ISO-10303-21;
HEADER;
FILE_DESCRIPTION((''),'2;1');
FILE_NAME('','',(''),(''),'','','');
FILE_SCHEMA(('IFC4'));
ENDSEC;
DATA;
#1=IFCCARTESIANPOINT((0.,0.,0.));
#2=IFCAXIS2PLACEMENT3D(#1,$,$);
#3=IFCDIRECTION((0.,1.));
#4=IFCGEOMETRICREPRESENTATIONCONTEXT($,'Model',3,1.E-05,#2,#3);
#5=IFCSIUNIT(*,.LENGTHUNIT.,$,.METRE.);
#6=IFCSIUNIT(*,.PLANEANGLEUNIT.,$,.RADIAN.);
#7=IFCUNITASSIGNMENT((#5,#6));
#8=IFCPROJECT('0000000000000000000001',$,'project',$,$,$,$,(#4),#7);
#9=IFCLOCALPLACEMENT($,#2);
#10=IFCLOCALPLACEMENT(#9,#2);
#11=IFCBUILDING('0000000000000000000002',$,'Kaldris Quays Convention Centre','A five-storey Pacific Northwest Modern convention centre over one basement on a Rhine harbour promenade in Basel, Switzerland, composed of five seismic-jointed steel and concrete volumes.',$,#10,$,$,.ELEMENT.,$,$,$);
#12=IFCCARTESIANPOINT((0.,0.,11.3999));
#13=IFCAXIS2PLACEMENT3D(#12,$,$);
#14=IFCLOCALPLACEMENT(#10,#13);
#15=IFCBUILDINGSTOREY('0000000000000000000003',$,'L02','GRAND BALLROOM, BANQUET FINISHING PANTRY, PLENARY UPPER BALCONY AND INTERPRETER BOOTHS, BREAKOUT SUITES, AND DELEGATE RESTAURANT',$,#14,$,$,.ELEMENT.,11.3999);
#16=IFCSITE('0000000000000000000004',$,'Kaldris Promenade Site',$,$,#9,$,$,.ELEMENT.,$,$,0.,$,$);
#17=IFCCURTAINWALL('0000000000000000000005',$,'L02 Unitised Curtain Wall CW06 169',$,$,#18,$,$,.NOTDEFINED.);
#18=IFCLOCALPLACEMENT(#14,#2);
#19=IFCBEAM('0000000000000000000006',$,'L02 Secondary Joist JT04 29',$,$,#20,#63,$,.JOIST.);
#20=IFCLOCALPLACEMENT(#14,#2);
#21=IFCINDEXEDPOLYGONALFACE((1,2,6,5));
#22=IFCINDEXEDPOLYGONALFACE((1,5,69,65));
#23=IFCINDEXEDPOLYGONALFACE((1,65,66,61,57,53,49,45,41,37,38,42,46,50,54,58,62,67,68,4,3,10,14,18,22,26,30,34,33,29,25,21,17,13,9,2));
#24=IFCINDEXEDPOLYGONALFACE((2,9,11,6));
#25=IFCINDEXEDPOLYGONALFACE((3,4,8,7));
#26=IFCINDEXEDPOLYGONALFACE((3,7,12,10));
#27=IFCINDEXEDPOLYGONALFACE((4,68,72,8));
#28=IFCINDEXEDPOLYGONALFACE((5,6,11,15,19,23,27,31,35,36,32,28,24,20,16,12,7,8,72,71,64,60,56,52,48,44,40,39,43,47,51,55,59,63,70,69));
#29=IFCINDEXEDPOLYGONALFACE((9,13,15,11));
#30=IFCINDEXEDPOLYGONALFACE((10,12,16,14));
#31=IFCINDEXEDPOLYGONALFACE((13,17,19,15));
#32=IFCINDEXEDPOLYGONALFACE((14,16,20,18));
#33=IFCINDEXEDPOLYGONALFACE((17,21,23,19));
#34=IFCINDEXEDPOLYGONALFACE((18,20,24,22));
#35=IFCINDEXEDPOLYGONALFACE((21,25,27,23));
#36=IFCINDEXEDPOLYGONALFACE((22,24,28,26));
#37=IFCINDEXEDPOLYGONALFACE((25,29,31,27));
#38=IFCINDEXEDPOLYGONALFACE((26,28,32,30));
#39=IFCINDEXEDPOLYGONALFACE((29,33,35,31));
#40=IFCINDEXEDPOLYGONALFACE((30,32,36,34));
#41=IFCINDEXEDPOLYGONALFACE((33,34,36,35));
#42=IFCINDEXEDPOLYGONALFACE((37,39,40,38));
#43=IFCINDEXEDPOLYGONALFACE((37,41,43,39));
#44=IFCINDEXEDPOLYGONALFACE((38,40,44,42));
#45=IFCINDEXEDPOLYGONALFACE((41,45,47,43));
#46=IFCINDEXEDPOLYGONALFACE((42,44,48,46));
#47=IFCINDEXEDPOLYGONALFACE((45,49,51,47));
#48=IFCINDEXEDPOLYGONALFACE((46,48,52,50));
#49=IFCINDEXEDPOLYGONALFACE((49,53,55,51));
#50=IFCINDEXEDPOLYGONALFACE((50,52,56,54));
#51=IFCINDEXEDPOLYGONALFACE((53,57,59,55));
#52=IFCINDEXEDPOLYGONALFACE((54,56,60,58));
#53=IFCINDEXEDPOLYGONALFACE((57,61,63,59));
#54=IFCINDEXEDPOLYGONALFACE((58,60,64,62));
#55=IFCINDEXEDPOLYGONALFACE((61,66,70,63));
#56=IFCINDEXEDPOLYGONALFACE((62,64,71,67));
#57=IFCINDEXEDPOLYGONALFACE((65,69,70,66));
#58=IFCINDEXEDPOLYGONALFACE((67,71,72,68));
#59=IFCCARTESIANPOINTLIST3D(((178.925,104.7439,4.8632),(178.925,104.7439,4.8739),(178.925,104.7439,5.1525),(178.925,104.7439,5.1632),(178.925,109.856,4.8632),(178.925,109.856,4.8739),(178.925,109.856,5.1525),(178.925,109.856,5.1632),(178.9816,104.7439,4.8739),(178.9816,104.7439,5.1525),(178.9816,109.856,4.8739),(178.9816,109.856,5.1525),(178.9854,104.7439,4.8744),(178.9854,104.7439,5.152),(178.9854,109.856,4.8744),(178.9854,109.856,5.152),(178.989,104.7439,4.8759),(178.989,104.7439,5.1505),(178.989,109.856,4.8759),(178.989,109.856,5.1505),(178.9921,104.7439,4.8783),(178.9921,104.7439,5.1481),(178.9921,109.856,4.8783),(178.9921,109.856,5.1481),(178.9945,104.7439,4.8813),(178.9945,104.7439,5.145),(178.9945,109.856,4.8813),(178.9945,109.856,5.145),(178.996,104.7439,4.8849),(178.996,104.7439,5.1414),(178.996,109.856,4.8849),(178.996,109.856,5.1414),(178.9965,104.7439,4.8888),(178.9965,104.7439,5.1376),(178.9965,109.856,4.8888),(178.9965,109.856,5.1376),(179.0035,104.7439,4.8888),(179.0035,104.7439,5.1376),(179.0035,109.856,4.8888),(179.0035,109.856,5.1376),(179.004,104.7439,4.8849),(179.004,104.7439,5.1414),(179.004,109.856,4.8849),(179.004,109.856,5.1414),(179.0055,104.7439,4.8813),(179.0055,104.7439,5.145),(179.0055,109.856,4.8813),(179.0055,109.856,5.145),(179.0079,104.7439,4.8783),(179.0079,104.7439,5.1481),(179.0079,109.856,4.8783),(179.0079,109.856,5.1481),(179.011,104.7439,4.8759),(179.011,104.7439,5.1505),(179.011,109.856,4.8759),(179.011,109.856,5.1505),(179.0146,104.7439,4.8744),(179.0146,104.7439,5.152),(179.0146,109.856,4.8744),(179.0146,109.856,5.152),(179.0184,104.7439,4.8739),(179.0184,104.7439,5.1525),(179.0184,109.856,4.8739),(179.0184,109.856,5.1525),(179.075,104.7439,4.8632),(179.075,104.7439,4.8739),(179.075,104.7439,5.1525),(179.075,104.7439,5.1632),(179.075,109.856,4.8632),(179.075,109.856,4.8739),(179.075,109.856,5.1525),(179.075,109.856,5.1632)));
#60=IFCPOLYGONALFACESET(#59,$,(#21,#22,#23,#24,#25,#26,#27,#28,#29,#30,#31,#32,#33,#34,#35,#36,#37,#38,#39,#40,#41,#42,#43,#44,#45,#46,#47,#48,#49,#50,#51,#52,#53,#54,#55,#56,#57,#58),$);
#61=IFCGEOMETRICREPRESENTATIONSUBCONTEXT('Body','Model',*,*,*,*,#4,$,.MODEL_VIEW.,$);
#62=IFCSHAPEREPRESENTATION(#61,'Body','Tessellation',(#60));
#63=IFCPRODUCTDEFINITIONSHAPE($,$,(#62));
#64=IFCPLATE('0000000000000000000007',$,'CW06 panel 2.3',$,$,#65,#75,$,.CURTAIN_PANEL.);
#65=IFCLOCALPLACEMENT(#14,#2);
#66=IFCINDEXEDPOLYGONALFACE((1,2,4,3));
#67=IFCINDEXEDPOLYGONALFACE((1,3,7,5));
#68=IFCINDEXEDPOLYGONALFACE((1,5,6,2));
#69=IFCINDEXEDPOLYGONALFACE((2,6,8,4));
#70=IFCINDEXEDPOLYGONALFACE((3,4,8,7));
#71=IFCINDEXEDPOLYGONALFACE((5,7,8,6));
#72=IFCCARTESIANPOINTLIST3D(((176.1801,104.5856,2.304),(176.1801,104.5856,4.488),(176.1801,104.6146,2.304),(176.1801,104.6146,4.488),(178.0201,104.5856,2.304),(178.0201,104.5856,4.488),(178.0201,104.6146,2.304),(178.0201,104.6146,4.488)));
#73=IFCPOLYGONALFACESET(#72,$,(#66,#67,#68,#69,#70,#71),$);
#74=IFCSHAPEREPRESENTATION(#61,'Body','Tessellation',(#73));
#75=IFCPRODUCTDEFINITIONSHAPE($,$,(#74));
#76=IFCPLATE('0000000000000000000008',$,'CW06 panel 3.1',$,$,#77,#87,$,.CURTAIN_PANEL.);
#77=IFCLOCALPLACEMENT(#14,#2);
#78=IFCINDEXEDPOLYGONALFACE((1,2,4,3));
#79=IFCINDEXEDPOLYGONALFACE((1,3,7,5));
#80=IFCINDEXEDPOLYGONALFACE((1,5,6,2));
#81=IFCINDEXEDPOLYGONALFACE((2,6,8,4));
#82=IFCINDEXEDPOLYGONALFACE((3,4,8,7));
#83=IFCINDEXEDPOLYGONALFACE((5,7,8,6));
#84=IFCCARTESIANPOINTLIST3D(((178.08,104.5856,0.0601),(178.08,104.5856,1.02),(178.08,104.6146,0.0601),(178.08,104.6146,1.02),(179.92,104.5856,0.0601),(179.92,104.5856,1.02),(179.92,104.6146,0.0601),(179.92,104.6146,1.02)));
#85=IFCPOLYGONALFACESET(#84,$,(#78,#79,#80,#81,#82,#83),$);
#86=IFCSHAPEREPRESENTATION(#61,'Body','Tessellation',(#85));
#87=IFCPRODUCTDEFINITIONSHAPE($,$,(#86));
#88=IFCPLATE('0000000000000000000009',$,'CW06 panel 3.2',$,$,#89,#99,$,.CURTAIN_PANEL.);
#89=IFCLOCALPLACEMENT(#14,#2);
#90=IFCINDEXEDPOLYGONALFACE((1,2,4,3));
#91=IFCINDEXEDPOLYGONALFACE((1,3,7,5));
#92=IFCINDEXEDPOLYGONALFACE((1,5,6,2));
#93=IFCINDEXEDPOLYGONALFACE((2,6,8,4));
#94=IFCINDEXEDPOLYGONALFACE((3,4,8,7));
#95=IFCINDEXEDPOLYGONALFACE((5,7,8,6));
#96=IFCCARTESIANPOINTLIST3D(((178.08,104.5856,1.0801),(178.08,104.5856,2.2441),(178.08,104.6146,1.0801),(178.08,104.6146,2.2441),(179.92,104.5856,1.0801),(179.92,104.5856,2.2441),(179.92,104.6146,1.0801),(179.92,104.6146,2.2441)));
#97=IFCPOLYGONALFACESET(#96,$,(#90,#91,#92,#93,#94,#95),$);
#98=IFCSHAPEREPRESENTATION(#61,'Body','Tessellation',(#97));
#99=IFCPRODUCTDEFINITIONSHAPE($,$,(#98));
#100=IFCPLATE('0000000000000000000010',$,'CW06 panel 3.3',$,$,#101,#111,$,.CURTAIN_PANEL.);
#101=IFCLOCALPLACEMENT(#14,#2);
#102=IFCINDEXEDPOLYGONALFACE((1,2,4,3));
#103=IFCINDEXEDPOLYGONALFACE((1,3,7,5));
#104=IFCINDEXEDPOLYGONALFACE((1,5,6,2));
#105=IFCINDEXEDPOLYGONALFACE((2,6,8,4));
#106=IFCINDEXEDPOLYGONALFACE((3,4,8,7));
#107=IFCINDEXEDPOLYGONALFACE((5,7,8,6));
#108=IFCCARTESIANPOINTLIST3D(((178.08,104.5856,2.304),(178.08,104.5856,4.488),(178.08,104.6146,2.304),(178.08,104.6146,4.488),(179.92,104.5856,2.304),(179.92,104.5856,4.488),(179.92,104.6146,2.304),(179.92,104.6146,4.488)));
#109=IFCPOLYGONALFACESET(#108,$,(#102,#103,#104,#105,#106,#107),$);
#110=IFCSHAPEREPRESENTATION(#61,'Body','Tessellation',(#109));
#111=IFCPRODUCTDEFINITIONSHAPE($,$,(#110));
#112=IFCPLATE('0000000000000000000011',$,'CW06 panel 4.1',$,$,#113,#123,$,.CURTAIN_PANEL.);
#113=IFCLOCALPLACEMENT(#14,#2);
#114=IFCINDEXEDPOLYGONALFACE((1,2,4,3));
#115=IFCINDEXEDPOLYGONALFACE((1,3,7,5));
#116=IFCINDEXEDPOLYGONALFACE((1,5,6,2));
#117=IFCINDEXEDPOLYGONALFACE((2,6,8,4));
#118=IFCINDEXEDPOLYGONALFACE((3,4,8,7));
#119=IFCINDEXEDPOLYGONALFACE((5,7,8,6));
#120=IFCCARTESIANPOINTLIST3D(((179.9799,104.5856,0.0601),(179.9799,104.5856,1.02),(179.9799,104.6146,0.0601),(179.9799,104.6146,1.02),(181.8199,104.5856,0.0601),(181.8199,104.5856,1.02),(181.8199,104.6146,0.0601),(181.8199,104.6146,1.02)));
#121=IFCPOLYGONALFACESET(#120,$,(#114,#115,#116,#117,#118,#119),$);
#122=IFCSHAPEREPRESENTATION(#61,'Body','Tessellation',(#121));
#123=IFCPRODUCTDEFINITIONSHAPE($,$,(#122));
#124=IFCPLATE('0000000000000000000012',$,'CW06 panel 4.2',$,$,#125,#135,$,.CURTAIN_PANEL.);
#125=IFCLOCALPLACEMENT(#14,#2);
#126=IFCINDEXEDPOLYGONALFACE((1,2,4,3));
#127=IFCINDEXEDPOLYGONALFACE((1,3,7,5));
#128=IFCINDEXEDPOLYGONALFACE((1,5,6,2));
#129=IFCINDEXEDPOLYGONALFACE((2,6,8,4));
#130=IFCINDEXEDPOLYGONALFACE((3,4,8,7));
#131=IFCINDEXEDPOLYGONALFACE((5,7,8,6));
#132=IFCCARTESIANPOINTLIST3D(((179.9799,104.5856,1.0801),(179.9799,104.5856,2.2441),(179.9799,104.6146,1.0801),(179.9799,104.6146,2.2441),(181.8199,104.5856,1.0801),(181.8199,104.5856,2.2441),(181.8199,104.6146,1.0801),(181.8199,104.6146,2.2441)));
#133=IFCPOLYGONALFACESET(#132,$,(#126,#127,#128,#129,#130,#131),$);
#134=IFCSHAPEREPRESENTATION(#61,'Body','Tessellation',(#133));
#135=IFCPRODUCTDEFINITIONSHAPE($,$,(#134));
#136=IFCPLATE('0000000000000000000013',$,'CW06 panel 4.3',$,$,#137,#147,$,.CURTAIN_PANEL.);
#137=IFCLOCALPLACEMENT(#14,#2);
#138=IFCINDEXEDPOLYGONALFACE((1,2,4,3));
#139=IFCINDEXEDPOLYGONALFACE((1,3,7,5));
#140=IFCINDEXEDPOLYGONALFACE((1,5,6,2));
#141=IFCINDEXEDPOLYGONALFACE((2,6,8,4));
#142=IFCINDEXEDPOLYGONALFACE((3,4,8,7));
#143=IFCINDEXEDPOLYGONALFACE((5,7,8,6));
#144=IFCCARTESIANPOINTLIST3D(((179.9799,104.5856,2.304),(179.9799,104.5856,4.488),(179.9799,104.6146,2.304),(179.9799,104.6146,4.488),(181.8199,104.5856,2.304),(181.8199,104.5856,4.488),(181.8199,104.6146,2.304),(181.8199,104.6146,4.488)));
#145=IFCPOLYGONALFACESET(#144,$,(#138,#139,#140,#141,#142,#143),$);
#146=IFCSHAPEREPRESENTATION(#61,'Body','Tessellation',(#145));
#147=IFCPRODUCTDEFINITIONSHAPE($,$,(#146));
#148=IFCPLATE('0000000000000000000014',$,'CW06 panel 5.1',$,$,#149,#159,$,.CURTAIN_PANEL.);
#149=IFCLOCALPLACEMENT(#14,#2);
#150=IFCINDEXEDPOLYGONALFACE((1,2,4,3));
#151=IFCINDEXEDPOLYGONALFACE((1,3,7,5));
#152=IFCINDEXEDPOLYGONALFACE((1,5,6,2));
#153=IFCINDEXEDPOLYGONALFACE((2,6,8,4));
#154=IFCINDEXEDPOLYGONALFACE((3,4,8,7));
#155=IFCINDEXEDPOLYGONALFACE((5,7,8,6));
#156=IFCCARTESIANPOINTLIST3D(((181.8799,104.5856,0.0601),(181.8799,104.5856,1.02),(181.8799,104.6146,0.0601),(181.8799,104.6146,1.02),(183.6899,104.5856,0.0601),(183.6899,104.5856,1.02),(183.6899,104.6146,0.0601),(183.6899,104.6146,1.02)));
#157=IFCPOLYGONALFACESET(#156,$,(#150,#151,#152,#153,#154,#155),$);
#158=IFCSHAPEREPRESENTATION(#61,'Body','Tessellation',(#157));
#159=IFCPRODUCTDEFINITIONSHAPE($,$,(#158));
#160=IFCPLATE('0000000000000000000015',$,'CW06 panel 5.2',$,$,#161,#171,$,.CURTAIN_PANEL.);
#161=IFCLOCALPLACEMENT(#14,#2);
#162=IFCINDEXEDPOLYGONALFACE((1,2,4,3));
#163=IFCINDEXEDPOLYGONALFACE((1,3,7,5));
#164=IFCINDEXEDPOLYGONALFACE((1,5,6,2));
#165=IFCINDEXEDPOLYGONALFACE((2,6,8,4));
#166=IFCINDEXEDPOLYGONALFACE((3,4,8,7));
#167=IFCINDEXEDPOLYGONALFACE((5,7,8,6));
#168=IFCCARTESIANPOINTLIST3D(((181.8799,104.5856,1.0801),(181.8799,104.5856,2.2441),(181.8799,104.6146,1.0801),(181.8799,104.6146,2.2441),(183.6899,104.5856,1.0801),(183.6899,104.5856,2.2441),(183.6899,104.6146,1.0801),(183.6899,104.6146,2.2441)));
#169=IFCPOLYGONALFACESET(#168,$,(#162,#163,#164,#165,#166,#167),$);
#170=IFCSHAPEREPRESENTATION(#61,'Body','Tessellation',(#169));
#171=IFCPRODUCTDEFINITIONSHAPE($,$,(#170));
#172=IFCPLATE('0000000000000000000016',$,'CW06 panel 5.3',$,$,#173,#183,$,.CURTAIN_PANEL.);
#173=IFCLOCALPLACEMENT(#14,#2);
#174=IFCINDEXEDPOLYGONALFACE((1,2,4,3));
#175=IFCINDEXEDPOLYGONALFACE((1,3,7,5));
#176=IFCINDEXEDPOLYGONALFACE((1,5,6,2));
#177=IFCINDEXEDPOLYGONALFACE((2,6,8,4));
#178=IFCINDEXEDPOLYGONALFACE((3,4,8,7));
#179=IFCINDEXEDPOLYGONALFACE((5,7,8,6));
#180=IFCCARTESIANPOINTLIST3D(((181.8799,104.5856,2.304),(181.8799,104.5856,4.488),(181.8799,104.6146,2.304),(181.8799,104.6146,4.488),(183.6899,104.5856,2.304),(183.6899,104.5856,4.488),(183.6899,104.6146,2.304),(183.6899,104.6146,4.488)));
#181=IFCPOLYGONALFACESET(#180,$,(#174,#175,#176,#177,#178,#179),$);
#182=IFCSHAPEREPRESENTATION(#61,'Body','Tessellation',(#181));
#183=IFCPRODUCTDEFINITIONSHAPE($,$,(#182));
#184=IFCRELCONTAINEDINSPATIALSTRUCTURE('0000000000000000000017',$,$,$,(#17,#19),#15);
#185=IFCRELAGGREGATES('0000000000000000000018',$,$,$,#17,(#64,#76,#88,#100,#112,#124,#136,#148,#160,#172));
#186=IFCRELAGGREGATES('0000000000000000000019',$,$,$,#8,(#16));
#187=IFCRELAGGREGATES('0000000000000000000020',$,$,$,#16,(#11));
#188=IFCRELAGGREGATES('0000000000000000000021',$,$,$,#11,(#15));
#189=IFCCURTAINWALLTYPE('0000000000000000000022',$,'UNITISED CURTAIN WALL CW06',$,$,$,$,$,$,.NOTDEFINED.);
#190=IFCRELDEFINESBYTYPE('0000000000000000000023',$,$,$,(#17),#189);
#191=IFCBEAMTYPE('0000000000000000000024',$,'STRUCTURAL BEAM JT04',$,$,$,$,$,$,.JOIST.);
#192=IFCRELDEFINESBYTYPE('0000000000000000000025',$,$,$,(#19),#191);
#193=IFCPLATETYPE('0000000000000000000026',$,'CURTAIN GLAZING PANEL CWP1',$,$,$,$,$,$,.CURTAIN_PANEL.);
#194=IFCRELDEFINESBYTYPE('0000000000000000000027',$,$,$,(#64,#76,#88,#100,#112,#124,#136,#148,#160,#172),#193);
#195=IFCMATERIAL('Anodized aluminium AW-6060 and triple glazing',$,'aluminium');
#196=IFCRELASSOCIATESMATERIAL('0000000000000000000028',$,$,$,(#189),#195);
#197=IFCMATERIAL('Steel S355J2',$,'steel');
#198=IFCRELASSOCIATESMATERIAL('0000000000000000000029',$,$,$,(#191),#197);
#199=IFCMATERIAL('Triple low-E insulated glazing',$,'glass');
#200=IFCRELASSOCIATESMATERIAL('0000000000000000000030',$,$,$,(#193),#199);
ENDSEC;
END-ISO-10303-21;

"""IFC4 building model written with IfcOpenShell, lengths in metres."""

from ifc_helpers import new_model, si_unit, direction, frame, origin, origin_2d, place, context, subcontext, project, spatial, rectangle, i_section, extrude, material, material_profile, profile_set, type_object, element, aggregate, save


model = new_model("IFC4")

# Units and contexts
model_context = context("Model", 3, precision=1e-05, world=origin(), true_north=direction((0.0, 1.0)))
body_context = subcontext(model_context, "Body", "Model", "MODEL_VIEW")
ifc_project = project(units=[si_unit("LENGTHUNIT", "METRE"), si_unit("PLANEANGLEUNIT", "RADIAN")], contexts=[model_context])

# Site, building, storey
site_placement = place(None, origin())
site = spatial("IfcSite", under=ifc_project, at=site_placement, Name="Kaldris Promenade Site", CompositionType="ELEMENT", RefElevation=0.0)
building_placement = place(site_placement, origin())
building = spatial("IfcBuilding", under=site, at=building_placement, Name="Kaldris Quays Convention Centre", Description="A five-storey Pacific Northwest Modern convention centre over one basement on a Rhine harbour promenade in Basel, Switzerland, composed of five seismic-jointed steel and concrete volumes.", CompositionType="ELEMENT")
storey_placement = place(building_placement, frame((0.0, 0.0, 11.3999)))
storey = spatial("IfcBuildingStorey", under=building, at=storey_placement, Name="L02", Description="GRAND BALLROOM, BANQUET FINISHING PANTRY, PLENARY UPPER BALCONY AND INTERPRETER BOOTHS, BREAKOUT SUITES, AND DELEGATE RESTAURANT", CompositionType="ELEMENT", Elevation=11.3999)

# Shared definitions
ifc_material_1 = material(Name="Steel S355J2", Category="steel")

# Curtain wall
ifc_material_2 = material(Name="Anodized aluminium AW-6060 and triple glazing", Category="aluminium")
curtain_wall_type = type_object("IfcCurtainWallType", Name="UNITISED CURTAIN WALL CW06", PredefinedType="NOTDEFINED", material=ifc_material_2)
curtain_wall_1_placement = place(storey_placement, origin())
curtain_wall_1 = element("IfcCurtainWall", 1, at=curtain_wall_1_placement, inside=storey, type_object=curtain_wall_type, Name="L02 Unitised Curtain Wall CW06 169", PredefinedType="NOTDEFINED")

# Beam
ifc_material_profile_1 = material_profile(ifc_material_1, i_section(OverallWidth=0.1499, OverallDepth=0.3, WebThickness=0.0071, FlangeThickness=0.0107, FilletRadius=0.0149, at=origin_2d()), Name="IPE 300")
ifc_profile_set_1 = profile_set([ifc_material_profile_1], Name="Steel S355J2")
beam_type_1 = type_object("IfcBeamType", Name="STRUCTURAL BEAM JT04", PredefinedType="JOIST", material=ifc_profile_set_1)
beam_1_placement = place(storey_placement, frame((179.0, 104.7439, 5.0132), z_axis=(0.0, 1.0, 0.0), x_axis=(-1.0, 0.0, 0.0)))
element("IfcBeam", 2, at=beam_1_placement, inside=storey, type_object=beam_type_1, Name="L02 Secondary Joist JT04 29", PredefinedType="JOIST", context=body_context, shape_type="SweptSolid", body=[
    extrude(i_section(OverallWidth=0.1499, OverallDepth=0.3, WebThickness=0.0071, FlangeThickness=0.0107, FilletRadius=0.0149, at=origin_2d()), origin(), (0.0, 0.0, 1.0), 5.1121),
])

# Plates
ifc_material_3 = material(Name="Triple low-E insulated glazing", Category="glass")
plate_type = type_object("IfcPlateType", Name="CURTAIN GLAZING PANEL CWP1", PredefinedType="CURTAIN_PANEL", material=ifc_material_3)
plate_1_placement = place(storey_placement, frame((177.1001, 104.6001, 2.304), z_axis=(0.0, 0.0, 1.0), x_axis=(1.0, 0.0, 0.0)))
plate_1 = element("IfcPlate", 3, at=plate_1_placement, type_object=plate_type, Name="CW06 panel 2.3", PredefinedType="CURTAIN_PANEL", context=body_context, shape_type="SweptSolid", body=[
    extrude(rectangle(XDim=1.8401, YDim=0.0291, at=origin_2d()), origin(), (0.0, 0.0, 1.0), 2.1841),
])
plate_2_placement = place(storey_placement, frame((179.0, 104.6001, 0.0601), z_axis=(0.0, 0.0, 1.0), x_axis=(1.0, 0.0, 0.0)))
plate_2 = element("IfcPlate", 4, at=plate_2_placement, type_object=plate_type, Name="CW06 panel 3.1", PredefinedType="CURTAIN_PANEL", context=body_context, shape_type="SweptSolid", body=[
    extrude(rectangle(XDim=1.8401, YDim=0.0291, at=origin_2d()), origin(), (0.0, 0.0, 1.0), 0.96),
])
plate_3_placement = place(storey_placement, frame((179.0, 104.6001, 1.0801), z_axis=(0.0, 0.0, 1.0), x_axis=(1.0, 0.0, 0.0)))
plate_3 = element("IfcPlate", 5, at=plate_3_placement, type_object=plate_type, Name="CW06 panel 3.2", PredefinedType="CURTAIN_PANEL", context=body_context, shape_type="SweptSolid", body=[
    extrude(rectangle(XDim=1.8401, YDim=0.0291, at=origin_2d()), origin(), (0.0, 0.0, 1.0), 1.1641),
])
plate_4_placement = place(storey_placement, frame((179.0, 104.6001, 2.304), z_axis=(0.0, 0.0, 1.0), x_axis=(1.0, 0.0, 0.0)))
plate_4 = element("IfcPlate", 6, at=plate_4_placement, type_object=plate_type, Name="CW06 panel 3.3", PredefinedType="CURTAIN_PANEL", context=body_context, shape_type="SweptSolid", body=[
    extrude(rectangle(XDim=1.8401, YDim=0.0291, at=origin_2d()), origin(), (0.0, 0.0, 1.0), 2.1841),
])
plate_5_placement = place(storey_placement, frame((180.8999, 104.6001, 0.0601), z_axis=(0.0, 0.0, 1.0), x_axis=(1.0, 0.0, 0.0)))
plate_5 = element("IfcPlate", 7, at=plate_5_placement, type_object=plate_type, Name="CW06 panel 4.1", PredefinedType="CURTAIN_PANEL", context=body_context, shape_type="SweptSolid", body=[
    extrude(rectangle(XDim=1.8401, YDim=0.0291, at=origin_2d()), origin(), (0.0, 0.0, 1.0), 0.96),
])
plate_6_placement = place(storey_placement, frame((180.8999, 104.6001, 1.0801), z_axis=(0.0, 0.0, 1.0), x_axis=(1.0, 0.0, 0.0)))
plate_6 = element("IfcPlate", 8, at=plate_6_placement, type_object=plate_type, Name="CW06 panel 4.2", PredefinedType="CURTAIN_PANEL", context=body_context, shape_type="SweptSolid", body=[
    extrude(rectangle(XDim=1.8401, YDim=0.0291, at=origin_2d()), origin(), (0.0, 0.0, 1.0), 1.1641),
])
plate_7_placement = place(storey_placement, frame((180.8999, 104.6001, 2.304), z_axis=(0.0, 0.0, 1.0), x_axis=(1.0, 0.0, 0.0)))
plate_7 = element("IfcPlate", 9, at=plate_7_placement, type_object=plate_type, Name="CW06 panel 4.3", PredefinedType="CURTAIN_PANEL", context=body_context, shape_type="SweptSolid", body=[
    extrude(rectangle(XDim=1.8401, YDim=0.0291, at=origin_2d()), origin(), (0.0, 0.0, 1.0), 2.1841),
])
plate_8_placement = place(storey_placement, frame((182.7849, 104.6001, 0.0601), z_axis=(0.0, 0.0, 1.0), x_axis=(1.0, 0.0, 0.0)))
plate_8 = element("IfcPlate", 10, at=plate_8_placement, type_object=plate_type, Name="CW06 panel 5.1", PredefinedType="CURTAIN_PANEL", context=body_context, shape_type="SweptSolid", body=[
    extrude(rectangle(XDim=1.8101, YDim=0.0291, at=origin_2d()), origin(), (0.0, 0.0, 1.0), 0.96),
])
plate_9_placement = place(storey_placement, frame((182.7849, 104.6001, 1.0801), z_axis=(0.0, 0.0, 1.0), x_axis=(1.0, 0.0, 0.0)))
plate_9 = element("IfcPlate", 11, at=plate_9_placement, type_object=plate_type, Name="CW06 panel 5.2", PredefinedType="CURTAIN_PANEL", context=body_context, shape_type="SweptSolid", body=[
    extrude(rectangle(XDim=1.8101, YDim=0.0291, at=origin_2d()), origin(), (0.0, 0.0, 1.0), 1.1641),
])
plate_10_placement = place(storey_placement, frame((182.7849, 104.6001, 2.304), z_axis=(0.0, 0.0, 1.0), x_axis=(1.0, 0.0, 0.0)))
plate_10 = element("IfcPlate", 12, at=plate_10_placement, type_object=plate_type, Name="CW06 panel 5.3", PredefinedType="CURTAIN_PANEL", context=body_context, shape_type="SweptSolid", body=[
    extrude(rectangle(XDim=1.8101, YDim=0.0291, at=origin_2d()), origin(), (0.0, 0.0, 1.0), 2.1841),
])
aggregate(curtain_wall_1, [plate_1, plate_2, plate_3, plate_4, plate_5, plate_6, plate_7, plate_8, plate_9, plate_10])

save(model, "model.ifc")
